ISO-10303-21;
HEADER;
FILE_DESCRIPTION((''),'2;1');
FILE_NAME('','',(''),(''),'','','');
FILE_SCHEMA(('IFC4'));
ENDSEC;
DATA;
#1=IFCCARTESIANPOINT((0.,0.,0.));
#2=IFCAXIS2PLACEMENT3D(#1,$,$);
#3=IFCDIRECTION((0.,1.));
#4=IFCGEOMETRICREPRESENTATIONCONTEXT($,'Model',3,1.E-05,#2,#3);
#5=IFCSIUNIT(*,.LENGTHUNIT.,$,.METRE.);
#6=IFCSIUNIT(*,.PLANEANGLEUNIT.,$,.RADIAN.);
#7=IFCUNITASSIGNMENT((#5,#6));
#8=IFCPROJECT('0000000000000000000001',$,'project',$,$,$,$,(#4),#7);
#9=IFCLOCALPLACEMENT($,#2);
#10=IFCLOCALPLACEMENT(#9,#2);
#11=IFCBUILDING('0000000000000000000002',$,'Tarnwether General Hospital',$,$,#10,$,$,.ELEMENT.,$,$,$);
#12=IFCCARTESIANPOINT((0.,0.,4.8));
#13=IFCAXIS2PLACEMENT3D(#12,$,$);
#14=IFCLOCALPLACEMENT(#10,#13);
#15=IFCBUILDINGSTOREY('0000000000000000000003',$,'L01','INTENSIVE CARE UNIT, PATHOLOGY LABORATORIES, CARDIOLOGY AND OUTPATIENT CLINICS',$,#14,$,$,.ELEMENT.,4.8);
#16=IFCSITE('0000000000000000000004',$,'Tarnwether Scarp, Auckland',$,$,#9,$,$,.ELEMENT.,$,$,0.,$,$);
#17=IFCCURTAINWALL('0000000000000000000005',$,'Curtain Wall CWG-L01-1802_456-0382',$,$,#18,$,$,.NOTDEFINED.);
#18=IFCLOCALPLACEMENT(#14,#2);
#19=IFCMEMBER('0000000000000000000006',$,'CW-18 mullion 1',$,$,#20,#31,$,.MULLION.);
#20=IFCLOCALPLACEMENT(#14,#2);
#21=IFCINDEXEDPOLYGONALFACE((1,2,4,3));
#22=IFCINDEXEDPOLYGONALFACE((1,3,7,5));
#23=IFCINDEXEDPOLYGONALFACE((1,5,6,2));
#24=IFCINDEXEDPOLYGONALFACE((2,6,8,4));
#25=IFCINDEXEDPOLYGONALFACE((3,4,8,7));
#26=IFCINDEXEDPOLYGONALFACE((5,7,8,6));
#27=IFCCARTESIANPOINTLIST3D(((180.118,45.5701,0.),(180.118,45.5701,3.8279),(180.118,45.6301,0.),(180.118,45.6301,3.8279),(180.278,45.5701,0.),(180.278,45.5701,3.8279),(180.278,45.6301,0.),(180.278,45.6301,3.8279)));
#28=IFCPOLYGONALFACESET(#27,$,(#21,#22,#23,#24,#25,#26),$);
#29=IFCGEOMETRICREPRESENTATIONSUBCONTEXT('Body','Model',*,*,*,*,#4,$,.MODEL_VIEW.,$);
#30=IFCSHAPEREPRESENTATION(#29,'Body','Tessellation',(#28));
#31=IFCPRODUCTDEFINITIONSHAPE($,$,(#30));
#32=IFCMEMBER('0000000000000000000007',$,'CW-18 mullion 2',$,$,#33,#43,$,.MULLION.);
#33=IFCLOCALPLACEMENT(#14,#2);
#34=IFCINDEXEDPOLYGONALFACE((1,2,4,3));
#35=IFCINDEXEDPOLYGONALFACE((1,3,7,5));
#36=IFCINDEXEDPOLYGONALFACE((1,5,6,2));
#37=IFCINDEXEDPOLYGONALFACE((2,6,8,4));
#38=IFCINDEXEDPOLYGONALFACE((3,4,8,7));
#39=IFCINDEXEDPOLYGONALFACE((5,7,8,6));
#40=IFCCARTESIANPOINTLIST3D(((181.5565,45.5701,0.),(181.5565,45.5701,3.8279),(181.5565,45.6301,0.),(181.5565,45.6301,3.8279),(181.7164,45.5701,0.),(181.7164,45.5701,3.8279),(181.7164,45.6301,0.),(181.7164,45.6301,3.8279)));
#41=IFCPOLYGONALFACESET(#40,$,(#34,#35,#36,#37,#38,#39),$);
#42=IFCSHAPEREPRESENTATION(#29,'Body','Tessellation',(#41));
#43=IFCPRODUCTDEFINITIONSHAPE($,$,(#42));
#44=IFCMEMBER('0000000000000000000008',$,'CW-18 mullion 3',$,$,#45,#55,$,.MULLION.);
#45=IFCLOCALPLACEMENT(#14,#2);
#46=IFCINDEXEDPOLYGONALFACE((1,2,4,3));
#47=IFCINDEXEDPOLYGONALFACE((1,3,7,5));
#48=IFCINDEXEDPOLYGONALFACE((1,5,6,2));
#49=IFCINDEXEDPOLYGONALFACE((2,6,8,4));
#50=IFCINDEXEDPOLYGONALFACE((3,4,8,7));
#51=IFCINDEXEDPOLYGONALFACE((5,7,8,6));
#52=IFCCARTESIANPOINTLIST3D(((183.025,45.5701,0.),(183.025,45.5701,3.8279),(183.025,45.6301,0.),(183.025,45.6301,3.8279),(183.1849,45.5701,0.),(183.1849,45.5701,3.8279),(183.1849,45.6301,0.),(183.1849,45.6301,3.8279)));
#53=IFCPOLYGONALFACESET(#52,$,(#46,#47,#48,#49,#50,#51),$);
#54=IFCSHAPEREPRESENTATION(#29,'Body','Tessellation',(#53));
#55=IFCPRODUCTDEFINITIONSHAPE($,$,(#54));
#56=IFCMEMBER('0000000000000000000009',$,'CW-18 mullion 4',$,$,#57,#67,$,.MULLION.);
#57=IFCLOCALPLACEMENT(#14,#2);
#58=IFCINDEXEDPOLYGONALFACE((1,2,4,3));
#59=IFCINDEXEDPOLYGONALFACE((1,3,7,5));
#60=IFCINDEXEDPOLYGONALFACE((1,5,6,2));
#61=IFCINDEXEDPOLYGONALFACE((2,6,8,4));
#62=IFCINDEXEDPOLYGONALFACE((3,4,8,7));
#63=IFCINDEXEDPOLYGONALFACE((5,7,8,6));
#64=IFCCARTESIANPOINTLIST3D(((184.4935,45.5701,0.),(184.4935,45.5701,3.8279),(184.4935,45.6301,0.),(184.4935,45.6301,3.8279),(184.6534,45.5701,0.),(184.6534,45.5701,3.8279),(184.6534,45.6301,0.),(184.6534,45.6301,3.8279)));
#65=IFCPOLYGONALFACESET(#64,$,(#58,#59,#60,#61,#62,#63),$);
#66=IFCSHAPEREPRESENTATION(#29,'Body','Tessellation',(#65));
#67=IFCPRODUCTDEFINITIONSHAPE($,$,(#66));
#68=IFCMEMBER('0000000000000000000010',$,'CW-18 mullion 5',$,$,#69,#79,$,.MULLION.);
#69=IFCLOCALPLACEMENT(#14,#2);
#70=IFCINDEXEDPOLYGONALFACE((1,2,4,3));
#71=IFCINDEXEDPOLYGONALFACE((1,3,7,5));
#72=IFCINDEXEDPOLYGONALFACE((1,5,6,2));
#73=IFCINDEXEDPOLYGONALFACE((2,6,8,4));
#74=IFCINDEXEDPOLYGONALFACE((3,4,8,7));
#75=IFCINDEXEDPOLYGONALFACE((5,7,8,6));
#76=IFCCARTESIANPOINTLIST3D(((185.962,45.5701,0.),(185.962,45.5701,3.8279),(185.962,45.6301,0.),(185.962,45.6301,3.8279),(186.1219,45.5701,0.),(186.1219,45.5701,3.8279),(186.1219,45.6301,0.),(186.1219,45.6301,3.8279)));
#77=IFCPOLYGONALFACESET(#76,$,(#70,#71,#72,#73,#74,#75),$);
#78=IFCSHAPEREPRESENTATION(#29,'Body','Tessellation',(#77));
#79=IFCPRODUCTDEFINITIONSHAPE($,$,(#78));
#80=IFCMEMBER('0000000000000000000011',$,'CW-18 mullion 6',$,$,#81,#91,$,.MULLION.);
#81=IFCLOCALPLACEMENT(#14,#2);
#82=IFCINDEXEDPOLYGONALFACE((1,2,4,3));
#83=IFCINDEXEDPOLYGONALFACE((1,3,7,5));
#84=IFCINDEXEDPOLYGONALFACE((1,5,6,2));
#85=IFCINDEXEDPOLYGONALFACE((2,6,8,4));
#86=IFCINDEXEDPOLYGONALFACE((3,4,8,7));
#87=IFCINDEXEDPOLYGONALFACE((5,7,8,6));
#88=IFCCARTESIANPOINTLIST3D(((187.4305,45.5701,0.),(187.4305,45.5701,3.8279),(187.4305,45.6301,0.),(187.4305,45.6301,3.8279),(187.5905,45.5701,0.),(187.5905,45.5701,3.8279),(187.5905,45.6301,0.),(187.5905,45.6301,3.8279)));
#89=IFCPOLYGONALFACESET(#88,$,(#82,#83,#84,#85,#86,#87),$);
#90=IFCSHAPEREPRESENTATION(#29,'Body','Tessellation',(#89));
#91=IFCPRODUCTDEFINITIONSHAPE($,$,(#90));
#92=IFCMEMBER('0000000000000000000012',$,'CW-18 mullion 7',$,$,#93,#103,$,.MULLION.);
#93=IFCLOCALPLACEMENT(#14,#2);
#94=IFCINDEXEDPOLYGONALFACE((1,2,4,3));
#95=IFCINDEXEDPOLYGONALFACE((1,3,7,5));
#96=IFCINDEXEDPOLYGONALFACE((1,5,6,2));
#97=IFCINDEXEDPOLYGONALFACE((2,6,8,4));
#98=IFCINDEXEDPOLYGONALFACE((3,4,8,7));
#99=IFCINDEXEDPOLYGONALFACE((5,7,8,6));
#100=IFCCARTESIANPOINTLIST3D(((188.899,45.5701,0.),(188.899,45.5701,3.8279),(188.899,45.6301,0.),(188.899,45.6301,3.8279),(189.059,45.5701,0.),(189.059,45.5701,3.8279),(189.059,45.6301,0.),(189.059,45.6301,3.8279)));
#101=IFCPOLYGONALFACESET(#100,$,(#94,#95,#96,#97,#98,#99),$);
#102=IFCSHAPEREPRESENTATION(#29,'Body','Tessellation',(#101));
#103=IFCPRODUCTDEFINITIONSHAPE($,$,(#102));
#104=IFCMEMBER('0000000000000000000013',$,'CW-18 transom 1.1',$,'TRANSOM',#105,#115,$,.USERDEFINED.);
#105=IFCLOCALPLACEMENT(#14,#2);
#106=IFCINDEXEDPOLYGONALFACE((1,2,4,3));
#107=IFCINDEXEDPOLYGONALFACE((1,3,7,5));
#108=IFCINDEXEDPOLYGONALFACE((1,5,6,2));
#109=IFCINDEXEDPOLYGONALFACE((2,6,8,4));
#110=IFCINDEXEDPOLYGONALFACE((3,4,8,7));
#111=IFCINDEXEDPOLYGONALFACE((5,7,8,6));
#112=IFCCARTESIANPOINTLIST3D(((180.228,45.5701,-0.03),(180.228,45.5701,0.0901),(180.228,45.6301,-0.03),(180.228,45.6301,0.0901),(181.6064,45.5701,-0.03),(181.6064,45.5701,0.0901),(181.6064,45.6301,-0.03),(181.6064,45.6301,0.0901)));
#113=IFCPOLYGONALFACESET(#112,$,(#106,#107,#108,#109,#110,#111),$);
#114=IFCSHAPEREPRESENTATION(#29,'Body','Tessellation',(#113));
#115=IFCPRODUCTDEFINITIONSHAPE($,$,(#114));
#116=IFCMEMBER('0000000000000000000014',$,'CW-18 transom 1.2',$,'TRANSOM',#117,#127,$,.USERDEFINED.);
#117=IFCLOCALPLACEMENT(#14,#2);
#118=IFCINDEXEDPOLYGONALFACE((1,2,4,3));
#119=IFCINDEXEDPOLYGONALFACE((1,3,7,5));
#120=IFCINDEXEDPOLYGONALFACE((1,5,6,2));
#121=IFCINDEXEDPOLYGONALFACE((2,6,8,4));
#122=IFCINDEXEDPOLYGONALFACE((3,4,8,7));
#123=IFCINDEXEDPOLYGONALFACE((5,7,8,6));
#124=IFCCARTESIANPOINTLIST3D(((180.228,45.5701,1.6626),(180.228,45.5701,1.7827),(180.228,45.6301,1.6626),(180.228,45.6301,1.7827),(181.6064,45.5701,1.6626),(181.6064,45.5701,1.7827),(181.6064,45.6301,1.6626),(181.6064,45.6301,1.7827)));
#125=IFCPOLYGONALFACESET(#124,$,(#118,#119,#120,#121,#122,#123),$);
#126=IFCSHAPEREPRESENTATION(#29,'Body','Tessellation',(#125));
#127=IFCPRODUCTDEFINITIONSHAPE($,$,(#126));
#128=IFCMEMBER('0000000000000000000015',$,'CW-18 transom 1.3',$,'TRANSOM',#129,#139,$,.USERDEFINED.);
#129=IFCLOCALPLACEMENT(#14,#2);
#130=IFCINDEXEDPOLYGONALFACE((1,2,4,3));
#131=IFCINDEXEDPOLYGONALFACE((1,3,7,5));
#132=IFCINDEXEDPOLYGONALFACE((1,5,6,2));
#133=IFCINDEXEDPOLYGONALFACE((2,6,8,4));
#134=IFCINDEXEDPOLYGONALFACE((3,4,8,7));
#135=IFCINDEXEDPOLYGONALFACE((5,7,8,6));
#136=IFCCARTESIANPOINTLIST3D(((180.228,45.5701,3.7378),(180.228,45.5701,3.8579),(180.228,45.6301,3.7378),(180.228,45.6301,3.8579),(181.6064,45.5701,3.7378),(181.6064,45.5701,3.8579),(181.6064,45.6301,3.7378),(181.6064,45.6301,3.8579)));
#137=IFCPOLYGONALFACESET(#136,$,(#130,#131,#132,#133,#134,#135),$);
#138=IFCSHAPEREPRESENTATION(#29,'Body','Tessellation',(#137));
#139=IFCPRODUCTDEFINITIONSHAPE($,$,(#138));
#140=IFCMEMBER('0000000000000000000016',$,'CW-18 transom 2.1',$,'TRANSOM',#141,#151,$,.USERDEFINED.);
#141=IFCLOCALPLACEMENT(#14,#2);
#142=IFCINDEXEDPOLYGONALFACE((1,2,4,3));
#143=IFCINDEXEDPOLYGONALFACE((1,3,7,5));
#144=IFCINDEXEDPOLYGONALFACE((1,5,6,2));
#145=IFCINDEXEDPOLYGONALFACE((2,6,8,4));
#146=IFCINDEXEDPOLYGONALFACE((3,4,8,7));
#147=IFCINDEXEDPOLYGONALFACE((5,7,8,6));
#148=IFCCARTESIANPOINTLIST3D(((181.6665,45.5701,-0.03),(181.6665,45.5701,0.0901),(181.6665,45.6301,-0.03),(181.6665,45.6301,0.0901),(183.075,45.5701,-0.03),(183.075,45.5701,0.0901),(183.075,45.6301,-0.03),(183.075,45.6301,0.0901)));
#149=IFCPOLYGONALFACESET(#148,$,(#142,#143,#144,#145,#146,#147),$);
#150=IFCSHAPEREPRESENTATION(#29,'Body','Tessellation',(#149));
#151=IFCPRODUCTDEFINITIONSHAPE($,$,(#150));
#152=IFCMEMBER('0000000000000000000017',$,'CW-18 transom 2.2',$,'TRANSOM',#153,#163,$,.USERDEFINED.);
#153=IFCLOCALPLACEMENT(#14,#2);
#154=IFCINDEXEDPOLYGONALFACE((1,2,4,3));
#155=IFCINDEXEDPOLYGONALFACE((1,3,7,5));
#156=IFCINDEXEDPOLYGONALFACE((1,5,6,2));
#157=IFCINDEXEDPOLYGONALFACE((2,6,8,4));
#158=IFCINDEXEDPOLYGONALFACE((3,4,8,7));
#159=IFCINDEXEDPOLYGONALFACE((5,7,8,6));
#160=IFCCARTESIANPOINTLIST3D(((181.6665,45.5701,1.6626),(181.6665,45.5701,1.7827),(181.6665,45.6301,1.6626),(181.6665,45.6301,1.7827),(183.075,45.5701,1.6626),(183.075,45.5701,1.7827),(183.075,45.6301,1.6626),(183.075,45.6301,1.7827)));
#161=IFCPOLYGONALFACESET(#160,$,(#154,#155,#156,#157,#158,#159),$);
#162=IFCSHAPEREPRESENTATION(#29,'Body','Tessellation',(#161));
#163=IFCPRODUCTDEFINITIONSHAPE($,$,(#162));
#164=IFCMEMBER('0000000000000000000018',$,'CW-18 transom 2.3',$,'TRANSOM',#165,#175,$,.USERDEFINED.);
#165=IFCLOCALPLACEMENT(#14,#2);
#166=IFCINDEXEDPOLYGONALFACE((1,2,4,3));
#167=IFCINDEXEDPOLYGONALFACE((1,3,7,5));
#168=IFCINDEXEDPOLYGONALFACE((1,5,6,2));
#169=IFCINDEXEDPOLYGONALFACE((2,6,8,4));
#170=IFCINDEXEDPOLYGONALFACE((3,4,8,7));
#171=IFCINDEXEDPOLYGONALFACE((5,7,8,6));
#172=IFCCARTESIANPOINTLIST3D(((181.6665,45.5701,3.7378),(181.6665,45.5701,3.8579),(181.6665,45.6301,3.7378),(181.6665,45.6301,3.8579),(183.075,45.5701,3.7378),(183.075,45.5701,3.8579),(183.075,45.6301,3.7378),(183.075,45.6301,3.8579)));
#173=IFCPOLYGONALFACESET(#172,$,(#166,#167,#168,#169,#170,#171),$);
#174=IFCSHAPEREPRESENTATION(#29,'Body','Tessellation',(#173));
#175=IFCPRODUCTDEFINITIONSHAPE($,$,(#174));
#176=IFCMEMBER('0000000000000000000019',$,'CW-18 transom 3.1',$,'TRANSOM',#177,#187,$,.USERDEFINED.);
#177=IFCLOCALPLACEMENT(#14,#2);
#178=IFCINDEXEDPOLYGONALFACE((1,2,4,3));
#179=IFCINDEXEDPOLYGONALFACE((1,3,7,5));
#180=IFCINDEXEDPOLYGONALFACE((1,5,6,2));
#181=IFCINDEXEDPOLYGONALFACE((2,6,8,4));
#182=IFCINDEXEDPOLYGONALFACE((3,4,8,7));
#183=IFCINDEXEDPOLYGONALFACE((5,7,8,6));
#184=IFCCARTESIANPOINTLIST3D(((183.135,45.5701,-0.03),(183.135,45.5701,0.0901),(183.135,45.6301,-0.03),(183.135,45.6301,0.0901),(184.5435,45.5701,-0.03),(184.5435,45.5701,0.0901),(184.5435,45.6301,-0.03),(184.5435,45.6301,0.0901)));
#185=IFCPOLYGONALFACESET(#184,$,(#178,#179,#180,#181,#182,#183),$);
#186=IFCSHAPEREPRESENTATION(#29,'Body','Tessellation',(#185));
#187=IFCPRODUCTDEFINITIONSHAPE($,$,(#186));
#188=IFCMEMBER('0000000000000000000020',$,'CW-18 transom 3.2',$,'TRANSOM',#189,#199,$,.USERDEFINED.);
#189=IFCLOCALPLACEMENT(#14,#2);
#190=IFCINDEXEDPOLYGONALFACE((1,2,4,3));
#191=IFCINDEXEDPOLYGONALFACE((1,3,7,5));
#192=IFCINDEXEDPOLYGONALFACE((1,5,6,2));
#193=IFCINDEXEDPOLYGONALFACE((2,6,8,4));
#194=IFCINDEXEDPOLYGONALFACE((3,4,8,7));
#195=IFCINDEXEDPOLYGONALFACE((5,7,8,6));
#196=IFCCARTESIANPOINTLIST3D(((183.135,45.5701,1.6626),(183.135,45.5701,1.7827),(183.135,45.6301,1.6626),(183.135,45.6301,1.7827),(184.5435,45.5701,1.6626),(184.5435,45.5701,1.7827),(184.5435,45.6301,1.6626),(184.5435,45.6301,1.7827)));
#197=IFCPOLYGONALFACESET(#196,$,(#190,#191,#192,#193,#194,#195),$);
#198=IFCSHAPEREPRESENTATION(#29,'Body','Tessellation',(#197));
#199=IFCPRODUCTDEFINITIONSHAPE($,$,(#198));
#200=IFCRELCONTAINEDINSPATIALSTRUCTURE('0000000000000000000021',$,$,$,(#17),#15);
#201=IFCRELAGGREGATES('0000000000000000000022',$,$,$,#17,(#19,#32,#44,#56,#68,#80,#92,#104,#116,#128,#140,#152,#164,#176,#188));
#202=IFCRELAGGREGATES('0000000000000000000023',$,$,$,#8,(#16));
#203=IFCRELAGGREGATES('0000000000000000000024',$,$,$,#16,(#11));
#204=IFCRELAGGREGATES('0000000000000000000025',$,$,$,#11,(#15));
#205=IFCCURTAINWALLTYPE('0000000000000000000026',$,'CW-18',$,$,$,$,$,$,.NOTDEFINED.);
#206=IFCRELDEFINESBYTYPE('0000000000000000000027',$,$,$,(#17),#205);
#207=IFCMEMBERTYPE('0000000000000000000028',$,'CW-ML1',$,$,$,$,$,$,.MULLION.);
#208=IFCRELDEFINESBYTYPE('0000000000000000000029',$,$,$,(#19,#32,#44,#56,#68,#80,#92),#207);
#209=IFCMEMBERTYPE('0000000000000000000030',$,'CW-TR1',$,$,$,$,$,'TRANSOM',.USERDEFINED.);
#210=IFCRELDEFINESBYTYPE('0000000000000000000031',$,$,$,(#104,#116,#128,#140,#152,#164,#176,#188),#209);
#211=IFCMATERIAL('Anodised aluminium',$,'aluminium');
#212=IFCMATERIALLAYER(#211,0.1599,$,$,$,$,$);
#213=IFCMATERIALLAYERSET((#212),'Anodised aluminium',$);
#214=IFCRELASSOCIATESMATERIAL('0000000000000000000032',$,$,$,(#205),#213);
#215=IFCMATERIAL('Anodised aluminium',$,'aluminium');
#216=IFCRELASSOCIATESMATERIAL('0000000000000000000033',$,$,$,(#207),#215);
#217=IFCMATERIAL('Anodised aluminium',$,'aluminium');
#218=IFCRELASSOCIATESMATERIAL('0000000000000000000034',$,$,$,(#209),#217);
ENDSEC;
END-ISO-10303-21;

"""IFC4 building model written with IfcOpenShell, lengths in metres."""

from ifc_helpers import new_model, si_unit, direction, frame, origin, origin_2d, place, context, subcontext, project, spatial, rectangle, extrude, material, layer, layer_set, material_profile, profile_set, type_object, element, aggregate, save


model = new_model("IFC4")

# Units and contexts
model_context = context("Model", 3, precision=1e-05, world=origin(), true_north=direction((0.0, 1.0)))
body_context = subcontext(model_context, "Body", "Model", "MODEL_VIEW")
ifc_project = project(units=[si_unit("LENGTHUNIT", "METRE"), si_unit("PLANEANGLEUNIT", "RADIAN")], contexts=[model_context])

# Site, building, storey
site_placement = place(None, origin())
site = spatial("IfcSite", under=ifc_project, at=site_placement, Name="Tarnwether Scarp, Auckland", CompositionType="ELEMENT", RefElevation=0.0)
building_placement = place(site_placement, origin())
building = spatial("IfcBuilding", under=site, at=building_placement, Name="Tarnwether General Hospital", CompositionType="ELEMENT")
storey_placement = place(building_placement, frame((0.0, 0.0, 4.8)))
storey = spatial("IfcBuildingStorey", under=building, at=storey_placement, Name="L01", Description="INTENSIVE CARE UNIT, PATHOLOGY LABORATORIES, CARDIOLOGY AND OUTPATIENT CLINICS", CompositionType="ELEMENT", Elevation=4.8)

# Curtain wall, members
ifc_material_1 = material(Name="Anodised aluminium", Category="aluminium")
ifc_layer_1 = layer(ifc_material_1, 0.1599)
ifc_layer_set_1 = layer_set([ifc_layer_1], Name="Anodised aluminium")
curtain_wall_type = type_object("IfcCurtainWallType", Name="CW-18", PredefinedType="NOTDEFINED", material=ifc_layer_set_1)
curtain_wall_placement = place(storey_placement, origin())
curtain_wall = element("IfcCurtainWall", 1, at=curtain_wall_placement, inside=storey, type_object=curtain_wall_type, Name="Curtain Wall CWG-L01-1802_456-0382", PredefinedType="NOTDEFINED")
ifc_material_2 = material(Name="Anodised aluminium", Category="aluminium")
ifc_material_profile_1 = material_profile(ifc_material_2, rectangle(XDim=0.0601, YDim=0.1599, at=origin_2d()), Name="ALU-MUL-60x160")
ifc_profile_set_1 = profile_set([ifc_material_profile_1], Name="Anodised aluminium")
member_type_1 = type_object("IfcMemberType", Name="CW-ML1", PredefinedType="MULLION", material=ifc_profile_set_1)
member_1_placement = place(storey_placement, frame((180.198, 45.6001, 0.0), z_axis=(0.0, 0.0, 1.0), x_axis=(0.0, 1.0, 0.0)))
member_1 = element("IfcMember", 2, at=member_1_placement, type_object=member_type_1, Name="CW-18 mullion 1", PredefinedType="MULLION", context=body_context, shape_type="SweptSolid", body=[
    extrude(rectangle(XDim=0.0601, YDim=0.1599, at=origin_2d()), origin(), (0.0, 0.0, 1.0), 3.8279),
])
member_2_placement = place(storey_placement, frame((181.6365, 45.6001, 0.0), z_axis=(0.0, 0.0, 1.0), x_axis=(0.0, 1.0, 0.0)))
member_2 = element("IfcMember", 3, at=member_2_placement, type_object=member_type_1, Name="CW-18 mullion 2", PredefinedType="MULLION", context=body_context, shape_type="SweptSolid", body=[
    extrude(rectangle(XDim=0.0601, YDim=0.1599, at=origin_2d()), origin(), (0.0, 0.0, 1.0), 3.8279),
])
member_3_placement = place(storey_placement, frame((183.105, 45.6001, 0.0), z_axis=(0.0, 0.0, 1.0), x_axis=(0.0, 1.0, 0.0)))
member_3 = element("IfcMember", 4, at=member_3_placement, type_object=member_type_1, Name="CW-18 mullion 3", PredefinedType="MULLION", context=body_context, shape_type="SweptSolid", body=[
    extrude(rectangle(XDim=0.0601, YDim=0.1599, at=origin_2d()), origin(), (0.0, 0.0, 1.0), 3.8279),
])
member_4_placement = place(storey_placement, frame((184.5735, 45.6001, 0.0), z_axis=(0.0, 0.0, 1.0), x_axis=(0.0, 1.0, 0.0)))
member_4 = element("IfcMember", 5, at=member_4_placement, type_object=member_type_1, Name="CW-18 mullion 4", PredefinedType="MULLION", context=body_context, shape_type="SweptSolid", body=[
    extrude(rectangle(XDim=0.0601, YDim=0.1599, at=origin_2d()), origin(), (0.0, 0.0, 1.0), 3.8279),
])
member_5_placement = place(storey_placement, frame((186.042, 45.6001, 0.0), z_axis=(0.0, 0.0, 1.0), x_axis=(0.0, 1.0, 0.0)))
member_5 = element("IfcMember", 6, at=member_5_placement, type_object=member_type_1, Name="CW-18 mullion 5", PredefinedType="MULLION", context=body_context, shape_type="SweptSolid", body=[
    extrude(rectangle(XDim=0.0601, YDim=0.1599, at=origin_2d()), origin(), (0.0, 0.0, 1.0), 3.8279),
])
member_6_placement = place(storey_placement, frame((187.5105, 45.6001, 0.0), z_axis=(0.0, 0.0, 1.0), x_axis=(0.0, 1.0, 0.0)))
member_6 = element("IfcMember", 7, at=member_6_placement, type_object=member_type_1, Name="CW-18 mullion 6", PredefinedType="MULLION", context=body_context, shape_type="SweptSolid", body=[
    extrude(rectangle(XDim=0.0601, YDim=0.1599, at=origin_2d()), origin(), (0.0, 0.0, 1.0), 3.8279),
])
member_7_placement = place(storey_placement, frame((188.979, 45.6001, 0.0), z_axis=(0.0, 0.0, 1.0), x_axis=(0.0, 1.0, 0.0)))
member_7 = element("IfcMember", 8, at=member_7_placement, type_object=member_type_1, Name="CW-18 mullion 7", PredefinedType="MULLION", context=body_context, shape_type="SweptSolid", body=[
    extrude(rectangle(XDim=0.0601, YDim=0.1599, at=origin_2d()), origin(), (0.0, 0.0, 1.0), 3.8279),
])
ifc_material_3 = material(Name="Anodised aluminium", Category="aluminium")
ifc_material_profile_2 = material_profile(ifc_material_3, rectangle(XDim=0.0601, YDim=0.1201, at=origin_2d()), Name="ALU-TRN-60x120")
ifc_profile_set_2 = profile_set([ifc_material_profile_2], Name="Anodised aluminium")
member_type_2 = type_object("IfcMemberType", Name="CW-TR1", ElementType="TRANSOM", PredefinedType="USERDEFINED", material=ifc_profile_set_2)
member_8_placement = place(storey_placement, frame((180.228, 45.6001, 0.03), z_axis=(1.0, 0.0, 0.0), x_axis=(0.0, 1.0, 0.0)))
member_8 = element("IfcMember", 9, at=member_8_placement, type_object=member_type_2, Name="CW-18 transom 1.1", ObjectType="TRANSOM", PredefinedType="USERDEFINED", context=body_context, shape_type="SweptSolid", body=[
    extrude(rectangle(XDim=0.0601, YDim=0.1201, at=origin_2d()), origin(), (0.0, 0.0, 1.0), 1.3784),
])
member_9_placement = place(storey_placement, frame((180.228, 45.6001, 1.7227), z_axis=(1.0, 0.0, 0.0), x_axis=(0.0, 1.0, 0.0)))
member_9 = element("IfcMember", 10, at=member_9_placement, type_object=member_type_2, Name="CW-18 transom 1.2", ObjectType="TRANSOM", PredefinedType="USERDEFINED", context=body_context, shape_type="SweptSolid", body=[
    extrude(rectangle(XDim=0.0601, YDim=0.1201, at=origin_2d()), origin(), (0.0, 0.0, 1.0), 1.3784),
])
member_10_placement = place(storey_placement, frame((180.228, 45.6001, 3.7979), z_axis=(1.0, 0.0, 0.0), x_axis=(0.0, 1.0, 0.0)))
member_10 = element("IfcMember", 11, at=member_10_placement, type_object=member_type_2, Name="CW-18 transom 1.3", ObjectType="TRANSOM", PredefinedType="USERDEFINED", context=body_context, shape_type="SweptSolid", body=[
    extrude(rectangle(XDim=0.0601, YDim=0.1201, at=origin_2d()), origin(), (0.0, 0.0, 1.0), 1.3784),
])
member_11_placement = place(storey_placement, frame((181.6665, 45.6001, 0.03), z_axis=(1.0, 0.0, 0.0), x_axis=(0.0, 1.0, 0.0)))
member_11 = element("IfcMember", 12, at=member_11_placement, type_object=member_type_2, Name="CW-18 transom 2.1", ObjectType="TRANSOM", PredefinedType="USERDEFINED", context=body_context, shape_type="SweptSolid", body=[
    extrude(rectangle(XDim=0.0601, YDim=0.1201, at=origin_2d()), origin(), (0.0, 0.0, 1.0), 1.4084),
])
member_12_placement = place(storey_placement, frame((181.6665, 45.6001, 1.7227), z_axis=(1.0, 0.0, 0.0), x_axis=(0.0, 1.0, 0.0)))
member_12 = element("IfcMember", 13, at=member_12_placement, type_object=member_type_2, Name="CW-18 transom 2.2", ObjectType="TRANSOM", PredefinedType="USERDEFINED", context=body_context, shape_type="SweptSolid", body=[
    extrude(rectangle(XDim=0.0601, YDim=0.1201, at=origin_2d()), origin(), (0.0, 0.0, 1.0), 1.4084),
])
member_13_placement = place(storey_placement, frame((181.6665, 45.6001, 3.7979), z_axis=(1.0, 0.0, 0.0), x_axis=(0.0, 1.0, 0.0)))
member_13 = element("IfcMember", 14, at=member_13_placement, type_object=member_type_2, Name="CW-18 transom 2.3", ObjectType="TRANSOM", PredefinedType="USERDEFINED", context=body_context, shape_type="SweptSolid", body=[
    extrude(rectangle(XDim=0.0601, YDim=0.1201, at=origin_2d()), origin(), (0.0, 0.0, 1.0), 1.4084),
])
member_14_placement = place(storey_placement, frame((183.135, 45.6001, 0.03), z_axis=(1.0, 0.0, 0.0), x_axis=(0.0, 1.0, 0.0)))
member_14 = element("IfcMember", 15, at=member_14_placement, type_object=member_type_2, Name="CW-18 transom 3.1", ObjectType="TRANSOM", PredefinedType="USERDEFINED", context=body_context, shape_type="SweptSolid", body=[
    extrude(rectangle(XDim=0.0601, YDim=0.1201, at=origin_2d()), origin(), (0.0, 0.0, 1.0), 1.4084),
])
member_15_placement = place(storey_placement, frame((183.135, 45.6001, 1.7227), z_axis=(1.0, 0.0, 0.0), x_axis=(0.0, 1.0, 0.0)))
member_15 = element("IfcMember", 16, at=member_15_placement, type_object=member_type_2, Name="CW-18 transom 3.2", ObjectType="TRANSOM", PredefinedType="USERDEFINED", context=body_context, shape_type="SweptSolid", body=[
    extrude(rectangle(XDim=0.0601, YDim=0.1201, at=origin_2d()), origin(), (0.0, 0.0, 1.0), 1.4084),
])
aggregate(curtain_wall, [member_1, member_2, member_3, member_4, member_5, member_6, member_7, member_8, member_9, member_10, member_11, member_12, member_13, member_14, member_15])

save(model, "model.ifc")
